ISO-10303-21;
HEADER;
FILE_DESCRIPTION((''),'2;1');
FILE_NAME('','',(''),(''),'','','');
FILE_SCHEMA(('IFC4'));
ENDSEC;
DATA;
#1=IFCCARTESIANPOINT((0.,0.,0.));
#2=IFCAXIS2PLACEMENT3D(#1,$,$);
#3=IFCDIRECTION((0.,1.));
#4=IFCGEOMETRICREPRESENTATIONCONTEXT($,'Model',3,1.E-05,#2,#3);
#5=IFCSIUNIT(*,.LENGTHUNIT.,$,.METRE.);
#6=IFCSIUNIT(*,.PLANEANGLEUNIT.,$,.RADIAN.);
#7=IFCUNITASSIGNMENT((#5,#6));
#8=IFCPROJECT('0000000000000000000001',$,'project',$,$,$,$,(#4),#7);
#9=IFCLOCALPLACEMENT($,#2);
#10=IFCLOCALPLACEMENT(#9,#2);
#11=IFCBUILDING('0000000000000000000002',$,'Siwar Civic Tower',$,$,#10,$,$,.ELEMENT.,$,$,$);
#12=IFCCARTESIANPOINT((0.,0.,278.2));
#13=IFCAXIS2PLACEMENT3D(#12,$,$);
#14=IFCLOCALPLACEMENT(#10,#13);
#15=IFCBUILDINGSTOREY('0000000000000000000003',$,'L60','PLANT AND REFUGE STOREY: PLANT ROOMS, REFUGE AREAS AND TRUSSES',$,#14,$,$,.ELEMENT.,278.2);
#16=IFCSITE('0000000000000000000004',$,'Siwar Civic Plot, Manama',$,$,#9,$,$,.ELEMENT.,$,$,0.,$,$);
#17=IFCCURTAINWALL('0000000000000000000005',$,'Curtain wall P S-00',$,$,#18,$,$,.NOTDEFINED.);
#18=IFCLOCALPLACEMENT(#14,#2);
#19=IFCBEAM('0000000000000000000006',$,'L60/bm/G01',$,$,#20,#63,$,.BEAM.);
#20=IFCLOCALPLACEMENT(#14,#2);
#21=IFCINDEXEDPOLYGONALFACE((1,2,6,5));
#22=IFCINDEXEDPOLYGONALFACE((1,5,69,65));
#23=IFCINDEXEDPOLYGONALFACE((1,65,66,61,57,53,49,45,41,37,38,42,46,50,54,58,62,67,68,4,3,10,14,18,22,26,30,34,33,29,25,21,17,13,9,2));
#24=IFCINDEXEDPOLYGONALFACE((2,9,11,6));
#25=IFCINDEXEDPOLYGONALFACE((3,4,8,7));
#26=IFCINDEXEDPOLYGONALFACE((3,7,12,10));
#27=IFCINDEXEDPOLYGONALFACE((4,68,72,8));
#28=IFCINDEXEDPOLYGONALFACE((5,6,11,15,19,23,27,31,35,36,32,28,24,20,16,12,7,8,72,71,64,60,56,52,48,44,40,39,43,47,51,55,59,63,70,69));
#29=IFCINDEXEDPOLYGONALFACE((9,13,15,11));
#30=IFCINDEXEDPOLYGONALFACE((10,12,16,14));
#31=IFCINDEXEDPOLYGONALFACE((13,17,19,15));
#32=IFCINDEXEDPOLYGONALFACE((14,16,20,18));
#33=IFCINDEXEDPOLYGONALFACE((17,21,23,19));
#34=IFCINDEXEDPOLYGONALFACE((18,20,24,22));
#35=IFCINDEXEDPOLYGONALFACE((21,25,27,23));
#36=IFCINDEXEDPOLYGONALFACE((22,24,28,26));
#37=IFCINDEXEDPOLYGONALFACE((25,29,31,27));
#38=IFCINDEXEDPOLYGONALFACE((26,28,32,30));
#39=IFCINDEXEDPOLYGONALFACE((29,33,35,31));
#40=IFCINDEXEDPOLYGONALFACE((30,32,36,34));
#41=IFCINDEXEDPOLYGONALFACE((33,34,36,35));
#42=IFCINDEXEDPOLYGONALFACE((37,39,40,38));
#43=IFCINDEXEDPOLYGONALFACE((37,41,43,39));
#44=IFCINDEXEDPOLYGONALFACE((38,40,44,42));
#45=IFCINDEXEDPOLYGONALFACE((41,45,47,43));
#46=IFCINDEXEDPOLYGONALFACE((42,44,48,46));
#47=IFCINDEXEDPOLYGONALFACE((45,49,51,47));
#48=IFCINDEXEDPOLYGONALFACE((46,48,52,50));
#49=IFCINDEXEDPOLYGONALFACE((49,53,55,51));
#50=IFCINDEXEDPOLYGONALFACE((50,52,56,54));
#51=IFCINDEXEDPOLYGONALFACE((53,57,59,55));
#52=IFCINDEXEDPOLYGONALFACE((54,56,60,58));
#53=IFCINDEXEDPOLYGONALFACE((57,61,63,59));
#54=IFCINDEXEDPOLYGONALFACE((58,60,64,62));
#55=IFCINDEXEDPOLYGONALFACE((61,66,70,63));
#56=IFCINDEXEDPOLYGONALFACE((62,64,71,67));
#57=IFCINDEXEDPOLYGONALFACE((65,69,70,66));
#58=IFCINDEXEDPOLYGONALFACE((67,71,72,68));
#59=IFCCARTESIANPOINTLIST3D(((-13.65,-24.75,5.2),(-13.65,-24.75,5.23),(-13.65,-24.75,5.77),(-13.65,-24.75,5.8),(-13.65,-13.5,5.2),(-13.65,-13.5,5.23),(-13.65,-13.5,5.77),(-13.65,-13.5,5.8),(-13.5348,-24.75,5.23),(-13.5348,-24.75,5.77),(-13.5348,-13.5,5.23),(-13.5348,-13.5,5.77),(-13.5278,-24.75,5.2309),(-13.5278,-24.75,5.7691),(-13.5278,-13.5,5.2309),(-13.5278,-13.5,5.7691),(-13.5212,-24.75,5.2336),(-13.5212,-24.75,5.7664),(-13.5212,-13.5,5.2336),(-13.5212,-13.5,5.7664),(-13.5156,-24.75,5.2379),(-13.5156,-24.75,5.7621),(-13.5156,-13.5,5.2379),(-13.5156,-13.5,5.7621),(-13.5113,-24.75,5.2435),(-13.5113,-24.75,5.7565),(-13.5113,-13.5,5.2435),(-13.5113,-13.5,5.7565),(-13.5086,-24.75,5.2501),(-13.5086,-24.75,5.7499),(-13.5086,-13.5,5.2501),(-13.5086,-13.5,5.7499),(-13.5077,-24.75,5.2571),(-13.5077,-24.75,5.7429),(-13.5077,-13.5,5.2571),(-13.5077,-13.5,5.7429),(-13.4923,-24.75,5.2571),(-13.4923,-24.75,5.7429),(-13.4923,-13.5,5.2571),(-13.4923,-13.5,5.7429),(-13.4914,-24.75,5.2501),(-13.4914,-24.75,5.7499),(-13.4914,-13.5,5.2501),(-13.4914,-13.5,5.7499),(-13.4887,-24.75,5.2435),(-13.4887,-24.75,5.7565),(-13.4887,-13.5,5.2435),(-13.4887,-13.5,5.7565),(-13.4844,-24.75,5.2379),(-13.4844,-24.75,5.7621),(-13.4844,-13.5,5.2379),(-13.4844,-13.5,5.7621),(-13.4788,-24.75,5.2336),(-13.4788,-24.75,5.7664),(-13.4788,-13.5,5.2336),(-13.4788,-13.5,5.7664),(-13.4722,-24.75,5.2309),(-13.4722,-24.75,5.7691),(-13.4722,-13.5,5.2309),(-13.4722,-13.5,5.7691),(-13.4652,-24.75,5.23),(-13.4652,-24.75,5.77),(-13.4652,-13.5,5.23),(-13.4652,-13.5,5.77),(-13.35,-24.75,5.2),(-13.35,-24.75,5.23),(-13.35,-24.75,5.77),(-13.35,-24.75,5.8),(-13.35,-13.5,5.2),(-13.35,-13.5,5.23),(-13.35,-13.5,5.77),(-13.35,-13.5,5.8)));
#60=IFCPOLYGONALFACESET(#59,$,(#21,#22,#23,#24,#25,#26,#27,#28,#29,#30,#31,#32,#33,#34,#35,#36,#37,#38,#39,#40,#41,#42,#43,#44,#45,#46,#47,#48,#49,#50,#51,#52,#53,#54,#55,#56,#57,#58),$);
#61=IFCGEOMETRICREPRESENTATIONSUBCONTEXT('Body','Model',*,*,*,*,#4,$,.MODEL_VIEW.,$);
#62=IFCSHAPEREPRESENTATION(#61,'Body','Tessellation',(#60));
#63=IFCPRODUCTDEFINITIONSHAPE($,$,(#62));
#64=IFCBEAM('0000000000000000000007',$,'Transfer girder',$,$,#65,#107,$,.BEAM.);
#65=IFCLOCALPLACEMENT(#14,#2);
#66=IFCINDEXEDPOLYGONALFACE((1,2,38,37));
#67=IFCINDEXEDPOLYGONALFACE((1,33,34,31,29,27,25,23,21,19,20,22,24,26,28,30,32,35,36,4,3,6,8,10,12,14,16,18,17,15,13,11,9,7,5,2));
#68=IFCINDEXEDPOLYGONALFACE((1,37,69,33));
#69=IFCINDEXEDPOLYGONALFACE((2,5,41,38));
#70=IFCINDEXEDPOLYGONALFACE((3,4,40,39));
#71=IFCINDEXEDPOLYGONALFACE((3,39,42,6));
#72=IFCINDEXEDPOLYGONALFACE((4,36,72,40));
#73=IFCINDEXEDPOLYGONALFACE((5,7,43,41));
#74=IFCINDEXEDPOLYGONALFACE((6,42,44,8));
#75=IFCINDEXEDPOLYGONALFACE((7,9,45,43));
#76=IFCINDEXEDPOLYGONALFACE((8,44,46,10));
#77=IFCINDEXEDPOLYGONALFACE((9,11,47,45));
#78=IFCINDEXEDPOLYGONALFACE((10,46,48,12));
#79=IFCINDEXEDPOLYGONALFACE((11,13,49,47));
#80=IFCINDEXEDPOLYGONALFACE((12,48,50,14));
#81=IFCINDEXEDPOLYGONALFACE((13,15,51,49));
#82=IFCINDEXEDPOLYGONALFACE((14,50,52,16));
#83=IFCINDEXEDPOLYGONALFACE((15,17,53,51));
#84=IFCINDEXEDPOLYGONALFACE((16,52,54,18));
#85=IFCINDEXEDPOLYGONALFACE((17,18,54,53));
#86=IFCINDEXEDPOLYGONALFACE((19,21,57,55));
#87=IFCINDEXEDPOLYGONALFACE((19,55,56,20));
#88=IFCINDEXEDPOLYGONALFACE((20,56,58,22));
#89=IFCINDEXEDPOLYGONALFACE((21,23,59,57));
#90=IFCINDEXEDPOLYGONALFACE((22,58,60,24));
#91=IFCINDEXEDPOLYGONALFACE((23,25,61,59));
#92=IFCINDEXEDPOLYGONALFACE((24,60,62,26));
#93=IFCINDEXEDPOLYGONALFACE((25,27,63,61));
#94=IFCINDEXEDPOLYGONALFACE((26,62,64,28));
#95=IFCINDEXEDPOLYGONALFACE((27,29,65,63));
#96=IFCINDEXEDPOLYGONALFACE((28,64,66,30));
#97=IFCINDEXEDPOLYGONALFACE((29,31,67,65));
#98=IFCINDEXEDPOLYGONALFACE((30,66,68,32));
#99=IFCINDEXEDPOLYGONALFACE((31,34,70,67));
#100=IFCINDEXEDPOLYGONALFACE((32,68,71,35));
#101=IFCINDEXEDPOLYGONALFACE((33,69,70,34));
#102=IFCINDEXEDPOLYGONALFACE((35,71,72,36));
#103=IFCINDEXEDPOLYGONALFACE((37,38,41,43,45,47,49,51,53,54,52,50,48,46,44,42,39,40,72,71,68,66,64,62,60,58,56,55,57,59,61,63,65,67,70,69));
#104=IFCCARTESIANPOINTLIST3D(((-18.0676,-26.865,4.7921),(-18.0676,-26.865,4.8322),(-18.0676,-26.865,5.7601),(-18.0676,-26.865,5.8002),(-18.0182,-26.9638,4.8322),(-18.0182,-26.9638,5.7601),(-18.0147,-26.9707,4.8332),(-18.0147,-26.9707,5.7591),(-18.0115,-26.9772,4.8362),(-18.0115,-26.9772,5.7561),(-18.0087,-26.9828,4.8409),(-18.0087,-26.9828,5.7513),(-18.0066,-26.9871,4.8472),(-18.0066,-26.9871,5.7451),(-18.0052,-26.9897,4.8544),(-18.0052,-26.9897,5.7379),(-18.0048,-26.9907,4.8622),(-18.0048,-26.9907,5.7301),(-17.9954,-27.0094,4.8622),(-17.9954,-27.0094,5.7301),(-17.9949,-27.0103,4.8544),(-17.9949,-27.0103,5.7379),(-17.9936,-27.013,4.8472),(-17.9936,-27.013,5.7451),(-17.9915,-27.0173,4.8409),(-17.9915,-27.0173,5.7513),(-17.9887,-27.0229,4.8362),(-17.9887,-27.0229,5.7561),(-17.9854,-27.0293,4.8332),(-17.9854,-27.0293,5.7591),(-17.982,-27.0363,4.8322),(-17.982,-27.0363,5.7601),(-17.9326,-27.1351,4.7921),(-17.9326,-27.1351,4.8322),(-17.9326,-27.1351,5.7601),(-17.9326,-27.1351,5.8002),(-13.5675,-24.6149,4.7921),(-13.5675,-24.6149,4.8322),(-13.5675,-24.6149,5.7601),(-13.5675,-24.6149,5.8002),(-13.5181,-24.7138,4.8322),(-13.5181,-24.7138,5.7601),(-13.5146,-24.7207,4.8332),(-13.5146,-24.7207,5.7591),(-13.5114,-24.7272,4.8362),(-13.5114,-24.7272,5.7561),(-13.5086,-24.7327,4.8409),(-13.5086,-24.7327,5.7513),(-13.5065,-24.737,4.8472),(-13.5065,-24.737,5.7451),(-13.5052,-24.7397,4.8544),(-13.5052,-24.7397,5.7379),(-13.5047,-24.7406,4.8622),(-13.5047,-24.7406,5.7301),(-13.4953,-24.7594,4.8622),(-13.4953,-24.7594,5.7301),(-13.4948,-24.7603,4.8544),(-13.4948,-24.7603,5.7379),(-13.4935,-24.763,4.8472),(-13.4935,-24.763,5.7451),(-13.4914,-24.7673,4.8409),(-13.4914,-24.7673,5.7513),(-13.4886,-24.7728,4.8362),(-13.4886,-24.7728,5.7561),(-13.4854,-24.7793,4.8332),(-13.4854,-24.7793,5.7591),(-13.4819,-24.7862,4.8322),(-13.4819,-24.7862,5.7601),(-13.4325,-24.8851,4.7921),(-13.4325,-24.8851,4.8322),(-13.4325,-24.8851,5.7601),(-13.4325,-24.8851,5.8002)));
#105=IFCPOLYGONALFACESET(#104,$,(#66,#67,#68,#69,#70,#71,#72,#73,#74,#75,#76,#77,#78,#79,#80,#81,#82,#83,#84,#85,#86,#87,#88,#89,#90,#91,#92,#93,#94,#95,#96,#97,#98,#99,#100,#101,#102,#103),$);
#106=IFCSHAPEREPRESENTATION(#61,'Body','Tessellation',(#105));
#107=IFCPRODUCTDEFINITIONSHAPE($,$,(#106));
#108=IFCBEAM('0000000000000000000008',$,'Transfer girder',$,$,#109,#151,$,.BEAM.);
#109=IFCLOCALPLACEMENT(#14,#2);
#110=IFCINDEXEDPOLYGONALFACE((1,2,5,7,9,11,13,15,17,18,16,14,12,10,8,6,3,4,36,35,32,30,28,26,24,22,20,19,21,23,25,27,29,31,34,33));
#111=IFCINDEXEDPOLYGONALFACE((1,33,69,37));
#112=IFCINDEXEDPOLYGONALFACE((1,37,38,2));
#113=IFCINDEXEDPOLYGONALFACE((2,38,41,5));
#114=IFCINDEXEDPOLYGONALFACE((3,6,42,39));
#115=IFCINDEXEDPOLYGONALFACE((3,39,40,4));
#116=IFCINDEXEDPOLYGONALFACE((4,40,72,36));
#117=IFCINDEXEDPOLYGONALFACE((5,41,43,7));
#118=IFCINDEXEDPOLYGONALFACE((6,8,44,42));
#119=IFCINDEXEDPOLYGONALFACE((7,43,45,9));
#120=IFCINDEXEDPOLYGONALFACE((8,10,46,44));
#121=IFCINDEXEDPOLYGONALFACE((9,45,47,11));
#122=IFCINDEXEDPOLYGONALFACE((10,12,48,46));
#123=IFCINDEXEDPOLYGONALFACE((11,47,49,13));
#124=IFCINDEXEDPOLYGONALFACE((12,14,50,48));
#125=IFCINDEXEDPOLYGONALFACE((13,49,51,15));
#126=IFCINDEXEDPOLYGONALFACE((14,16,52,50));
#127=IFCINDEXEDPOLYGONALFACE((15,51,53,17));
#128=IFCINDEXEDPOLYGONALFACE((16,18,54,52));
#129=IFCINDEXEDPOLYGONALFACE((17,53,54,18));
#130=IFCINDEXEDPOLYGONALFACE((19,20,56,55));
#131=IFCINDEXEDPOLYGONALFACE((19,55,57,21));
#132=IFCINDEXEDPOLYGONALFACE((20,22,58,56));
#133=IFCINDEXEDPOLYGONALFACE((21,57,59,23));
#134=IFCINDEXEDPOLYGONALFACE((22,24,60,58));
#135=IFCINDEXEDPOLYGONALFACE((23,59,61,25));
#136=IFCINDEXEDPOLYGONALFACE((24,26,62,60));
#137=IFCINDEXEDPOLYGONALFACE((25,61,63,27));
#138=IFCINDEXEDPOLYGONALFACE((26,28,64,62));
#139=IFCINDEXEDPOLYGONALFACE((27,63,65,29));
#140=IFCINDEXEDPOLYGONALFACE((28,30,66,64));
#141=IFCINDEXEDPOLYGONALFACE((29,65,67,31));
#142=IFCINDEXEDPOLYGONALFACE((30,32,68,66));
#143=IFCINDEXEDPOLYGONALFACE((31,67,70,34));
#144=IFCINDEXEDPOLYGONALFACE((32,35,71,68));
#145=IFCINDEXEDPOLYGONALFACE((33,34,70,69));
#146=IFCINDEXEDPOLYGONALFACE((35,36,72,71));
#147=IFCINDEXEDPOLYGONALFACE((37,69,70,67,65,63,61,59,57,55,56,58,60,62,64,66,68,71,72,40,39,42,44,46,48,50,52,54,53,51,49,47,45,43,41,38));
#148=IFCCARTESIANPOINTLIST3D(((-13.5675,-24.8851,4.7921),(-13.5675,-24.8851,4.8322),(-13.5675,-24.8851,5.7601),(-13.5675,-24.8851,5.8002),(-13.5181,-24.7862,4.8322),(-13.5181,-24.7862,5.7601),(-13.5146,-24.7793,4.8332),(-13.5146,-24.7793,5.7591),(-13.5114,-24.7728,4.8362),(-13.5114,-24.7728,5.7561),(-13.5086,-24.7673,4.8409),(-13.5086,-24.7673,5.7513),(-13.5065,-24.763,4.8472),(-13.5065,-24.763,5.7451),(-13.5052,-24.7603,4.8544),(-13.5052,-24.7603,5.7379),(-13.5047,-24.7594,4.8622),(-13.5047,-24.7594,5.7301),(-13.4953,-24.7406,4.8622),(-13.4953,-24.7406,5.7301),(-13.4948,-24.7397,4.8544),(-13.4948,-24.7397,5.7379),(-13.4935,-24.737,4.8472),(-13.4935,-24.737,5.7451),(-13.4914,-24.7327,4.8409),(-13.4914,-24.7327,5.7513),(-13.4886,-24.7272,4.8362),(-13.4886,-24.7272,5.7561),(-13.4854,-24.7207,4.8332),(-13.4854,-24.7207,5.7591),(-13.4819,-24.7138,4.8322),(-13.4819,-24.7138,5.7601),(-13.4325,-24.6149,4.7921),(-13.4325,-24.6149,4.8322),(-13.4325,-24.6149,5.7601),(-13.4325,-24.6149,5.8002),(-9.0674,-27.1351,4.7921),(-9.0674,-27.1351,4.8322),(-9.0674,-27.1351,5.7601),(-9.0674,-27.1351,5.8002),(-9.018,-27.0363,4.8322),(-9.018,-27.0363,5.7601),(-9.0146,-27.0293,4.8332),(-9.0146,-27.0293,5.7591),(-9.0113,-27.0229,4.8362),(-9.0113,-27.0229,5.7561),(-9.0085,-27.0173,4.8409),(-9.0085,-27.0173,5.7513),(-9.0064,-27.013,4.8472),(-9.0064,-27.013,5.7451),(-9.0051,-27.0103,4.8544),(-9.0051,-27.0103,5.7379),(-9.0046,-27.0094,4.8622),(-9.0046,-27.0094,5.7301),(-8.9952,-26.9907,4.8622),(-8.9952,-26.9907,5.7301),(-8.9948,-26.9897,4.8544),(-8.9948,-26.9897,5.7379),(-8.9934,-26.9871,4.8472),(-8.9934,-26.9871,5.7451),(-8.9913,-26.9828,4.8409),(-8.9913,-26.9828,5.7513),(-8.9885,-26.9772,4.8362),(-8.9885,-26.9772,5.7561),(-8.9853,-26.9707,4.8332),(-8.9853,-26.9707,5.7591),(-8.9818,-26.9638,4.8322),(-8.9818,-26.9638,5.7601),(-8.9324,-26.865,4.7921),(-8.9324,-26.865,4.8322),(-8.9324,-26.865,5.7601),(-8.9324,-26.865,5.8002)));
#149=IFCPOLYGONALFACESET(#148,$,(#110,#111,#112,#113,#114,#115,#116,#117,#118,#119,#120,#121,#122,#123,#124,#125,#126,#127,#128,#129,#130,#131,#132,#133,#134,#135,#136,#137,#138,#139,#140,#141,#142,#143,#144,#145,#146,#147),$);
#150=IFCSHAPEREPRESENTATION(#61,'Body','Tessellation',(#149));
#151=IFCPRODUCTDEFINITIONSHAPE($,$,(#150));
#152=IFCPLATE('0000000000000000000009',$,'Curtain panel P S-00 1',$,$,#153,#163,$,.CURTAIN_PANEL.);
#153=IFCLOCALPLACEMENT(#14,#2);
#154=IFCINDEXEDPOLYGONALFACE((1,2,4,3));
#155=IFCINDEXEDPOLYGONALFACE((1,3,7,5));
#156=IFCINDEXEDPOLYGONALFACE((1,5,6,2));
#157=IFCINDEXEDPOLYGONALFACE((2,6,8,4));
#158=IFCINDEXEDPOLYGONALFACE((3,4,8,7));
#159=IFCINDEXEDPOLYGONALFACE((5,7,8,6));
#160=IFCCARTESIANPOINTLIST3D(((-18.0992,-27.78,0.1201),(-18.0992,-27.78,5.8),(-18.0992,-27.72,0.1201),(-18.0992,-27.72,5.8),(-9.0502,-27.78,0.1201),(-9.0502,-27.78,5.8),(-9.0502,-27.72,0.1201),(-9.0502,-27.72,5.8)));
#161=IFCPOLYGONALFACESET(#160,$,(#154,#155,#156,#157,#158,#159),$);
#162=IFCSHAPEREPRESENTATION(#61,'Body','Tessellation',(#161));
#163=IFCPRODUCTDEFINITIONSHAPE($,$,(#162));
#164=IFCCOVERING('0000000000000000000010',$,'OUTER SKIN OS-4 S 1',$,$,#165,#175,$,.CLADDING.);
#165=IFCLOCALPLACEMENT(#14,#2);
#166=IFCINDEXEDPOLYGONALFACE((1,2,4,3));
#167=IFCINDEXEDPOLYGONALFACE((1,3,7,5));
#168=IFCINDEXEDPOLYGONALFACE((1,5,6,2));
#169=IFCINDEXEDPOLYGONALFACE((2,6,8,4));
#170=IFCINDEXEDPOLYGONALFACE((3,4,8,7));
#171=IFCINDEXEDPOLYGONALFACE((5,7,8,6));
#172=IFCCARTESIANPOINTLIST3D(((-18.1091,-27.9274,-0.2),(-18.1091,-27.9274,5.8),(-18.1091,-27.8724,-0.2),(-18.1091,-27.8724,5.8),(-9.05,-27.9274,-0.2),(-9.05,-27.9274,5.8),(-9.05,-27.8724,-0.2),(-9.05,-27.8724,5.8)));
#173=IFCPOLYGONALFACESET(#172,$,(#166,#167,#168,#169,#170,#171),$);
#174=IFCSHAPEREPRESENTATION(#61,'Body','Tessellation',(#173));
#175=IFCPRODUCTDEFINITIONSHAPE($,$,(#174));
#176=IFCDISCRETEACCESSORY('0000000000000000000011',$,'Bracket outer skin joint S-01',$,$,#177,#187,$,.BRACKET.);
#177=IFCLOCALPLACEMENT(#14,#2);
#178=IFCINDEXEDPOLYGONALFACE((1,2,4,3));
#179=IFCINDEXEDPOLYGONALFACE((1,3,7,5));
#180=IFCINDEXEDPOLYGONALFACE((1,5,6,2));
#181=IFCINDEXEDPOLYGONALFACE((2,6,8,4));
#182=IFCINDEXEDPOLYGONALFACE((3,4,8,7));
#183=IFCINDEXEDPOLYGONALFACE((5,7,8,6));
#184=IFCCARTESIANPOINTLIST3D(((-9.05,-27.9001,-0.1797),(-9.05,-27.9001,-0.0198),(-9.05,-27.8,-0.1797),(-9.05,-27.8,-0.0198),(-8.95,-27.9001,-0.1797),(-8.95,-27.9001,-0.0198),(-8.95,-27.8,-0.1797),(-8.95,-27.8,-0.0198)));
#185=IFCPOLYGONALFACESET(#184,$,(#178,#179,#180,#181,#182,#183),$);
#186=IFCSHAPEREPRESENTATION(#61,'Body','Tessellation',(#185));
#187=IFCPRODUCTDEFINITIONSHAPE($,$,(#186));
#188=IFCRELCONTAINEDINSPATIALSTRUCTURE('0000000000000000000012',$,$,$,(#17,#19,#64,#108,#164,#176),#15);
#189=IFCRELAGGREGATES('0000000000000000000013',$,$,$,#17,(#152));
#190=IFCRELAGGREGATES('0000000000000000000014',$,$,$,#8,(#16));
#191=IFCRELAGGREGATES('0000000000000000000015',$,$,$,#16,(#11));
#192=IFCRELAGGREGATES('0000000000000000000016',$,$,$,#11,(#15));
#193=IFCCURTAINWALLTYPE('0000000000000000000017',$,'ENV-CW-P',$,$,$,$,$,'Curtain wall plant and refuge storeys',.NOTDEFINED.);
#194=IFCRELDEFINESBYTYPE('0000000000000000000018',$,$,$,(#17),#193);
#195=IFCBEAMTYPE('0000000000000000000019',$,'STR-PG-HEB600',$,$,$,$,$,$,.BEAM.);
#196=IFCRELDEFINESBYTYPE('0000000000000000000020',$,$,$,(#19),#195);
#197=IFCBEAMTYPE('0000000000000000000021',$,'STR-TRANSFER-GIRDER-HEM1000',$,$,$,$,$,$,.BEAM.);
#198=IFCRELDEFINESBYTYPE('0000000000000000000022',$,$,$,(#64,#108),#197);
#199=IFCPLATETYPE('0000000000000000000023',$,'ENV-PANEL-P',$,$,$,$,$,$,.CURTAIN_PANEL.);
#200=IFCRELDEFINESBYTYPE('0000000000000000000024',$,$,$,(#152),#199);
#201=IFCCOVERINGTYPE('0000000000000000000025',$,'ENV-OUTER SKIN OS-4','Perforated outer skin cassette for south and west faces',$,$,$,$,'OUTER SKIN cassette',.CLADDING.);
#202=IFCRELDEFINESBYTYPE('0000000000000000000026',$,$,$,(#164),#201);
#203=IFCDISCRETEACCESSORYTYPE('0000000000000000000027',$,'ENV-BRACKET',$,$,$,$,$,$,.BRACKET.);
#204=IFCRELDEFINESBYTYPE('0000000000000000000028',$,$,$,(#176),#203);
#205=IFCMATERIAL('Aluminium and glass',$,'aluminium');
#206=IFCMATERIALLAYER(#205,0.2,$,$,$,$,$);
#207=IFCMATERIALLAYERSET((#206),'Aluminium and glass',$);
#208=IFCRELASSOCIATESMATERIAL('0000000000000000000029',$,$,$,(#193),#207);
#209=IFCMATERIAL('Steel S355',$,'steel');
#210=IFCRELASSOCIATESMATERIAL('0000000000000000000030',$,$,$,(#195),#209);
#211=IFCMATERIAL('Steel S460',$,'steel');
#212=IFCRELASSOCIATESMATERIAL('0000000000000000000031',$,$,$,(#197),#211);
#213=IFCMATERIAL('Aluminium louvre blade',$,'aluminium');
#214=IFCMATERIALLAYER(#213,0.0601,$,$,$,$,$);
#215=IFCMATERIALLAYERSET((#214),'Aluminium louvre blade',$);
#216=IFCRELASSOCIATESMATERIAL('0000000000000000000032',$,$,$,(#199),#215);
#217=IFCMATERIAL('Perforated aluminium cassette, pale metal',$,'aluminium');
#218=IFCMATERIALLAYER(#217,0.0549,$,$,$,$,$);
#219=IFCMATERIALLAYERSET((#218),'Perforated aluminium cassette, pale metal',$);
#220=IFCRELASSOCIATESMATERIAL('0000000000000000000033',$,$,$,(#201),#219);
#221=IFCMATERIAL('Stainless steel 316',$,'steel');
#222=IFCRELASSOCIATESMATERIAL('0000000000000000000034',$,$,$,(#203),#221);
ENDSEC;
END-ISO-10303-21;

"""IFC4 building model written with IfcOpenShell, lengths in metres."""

from ifc_helpers import new_model, si_unit, direction, frame, origin, origin_2d, place, context, subcontext, project, spatial, rectangle, i_section, extrude, material, layer, layer_set, material_profile, profile_set, type_object, element, aggregate, save


model = new_model("IFC4")

# Units and contexts
model_context = context("Model", 3, precision=1e-05, world=origin(), true_north=direction((0.0, 1.0)))
body_context = subcontext(model_context, "Body", "Model", "MODEL_VIEW")
ifc_project = project(units=[si_unit("LENGTHUNIT", "METRE"), si_unit("PLANEANGLEUNIT", "RADIAN")], contexts=[model_context])

# Site, building, storey
site_placement = place(None, origin())
site = spatial("IfcSite", under=ifc_project, at=site_placement, Name="Siwar Civic Plot, Manama", CompositionType="ELEMENT", RefElevation=0.0)
building_placement = place(site_placement, origin())
building = spatial("IfcBuilding", under=site, at=building_placement, Name="Siwar Civic Tower", CompositionType="ELEMENT")
storey_placement = place(building_placement, frame((0.0, 0.0, 278.2)))
storey = spatial("IfcBuildingStorey", under=building, at=storey_placement, Name="L60", Description="PLANT AND REFUGE STOREY: PLANT ROOMS, REFUGE AREAS AND TRUSSES", CompositionType="ELEMENT", Elevation=278.2)

# Curtain wall
ifc_material_1 = material(Name="Aluminium and glass", Category="aluminium")
ifc_layer_1 = layer(ifc_material_1, 0.2)
ifc_layer_set_1 = layer_set([ifc_layer_1], Name="Aluminium and glass")
curtain_wall_type = type_object("IfcCurtainWallType", Name="ENV-CW-P", ElementType="Curtain wall plant and refuge storeys", PredefinedType="NOTDEFINED", material=ifc_layer_set_1)
curtain_wall_placement = place(storey_placement, origin())
curtain_wall = element("IfcCurtainWall", 1, at=curtain_wall_placement, inside=storey, type_object=curtain_wall_type, Name="Curtain wall P S-00", PredefinedType="NOTDEFINED")

# Beams
ifc_material_2 = material(Name="Steel S355", Category="steel")
ifc_material_profile_1 = material_profile(ifc_material_2, i_section(OverallWidth=0.3, OverallDepth=0.6001, WebThickness=0.0154, FlangeThickness=0.03, FilletRadius=0.0271, at=origin_2d()), Name="HEB600")
ifc_profile_set_1 = profile_set([ifc_material_profile_1], Name="Steel S355")
beam_type_1 = type_object("IfcBeamType", Name="STR-PG-HEB600", PredefinedType="BEAM", material=ifc_profile_set_1)
beam_placement = place(storey_placement, frame((-13.5, -24.75, 5.5), z_axis=(0.0, 1.0, 0.0), x_axis=(-1.0, 0.0, 0.0)))
element("IfcBeam", 2, at=beam_placement, inside=storey, type_object=beam_type_1, Name="L60/bm/G01", PredefinedType="BEAM", context=body_context, shape_type="SweptSolid", body=[
    extrude(i_section(OverallWidth=0.3, OverallDepth=0.6001, WebThickness=0.0154, FlangeThickness=0.03, FilletRadius=0.0271, at=origin_2d()), origin(), (0.0, 0.0, 1.0), 11.25),
])
ifc_material_3 = material(Name="Steel S460", Category="steel")
ifc_material_profile_2 = material_profile(ifc_material_3, i_section(OverallWidth=0.302, OverallDepth=1.0081, WebThickness=0.021, FlangeThickness=0.04, FilletRadius=0.03, at=origin_2d()), Name="HEM1000")
ifc_profile_set_2 = profile_set([ifc_material_profile_2], Name="Steel S460")
beam_type_2 = type_object("IfcBeamType", Name="STR-TRANSFER-GIRDER-HEM1000", PredefinedType="BEAM", material=ifc_profile_set_2)
for number, where, z_axis, x_axis, name in (
    (3, (-13.5, -24.75, 5.2961), (-0.894427, -0.447214, 0.0), (0.447214, -0.894427, 0.0), "Transfer girder"),
    (4, (-13.5, -24.75, 5.2961), (0.894427, -0.447214, 0.0), (0.447214, 0.894427, 0.0), "Transfer girder"),
):
    element("IfcBeam", number, at=place(storey_placement, frame(where, z_axis=z_axis, x_axis=x_axis)), inside=storey, type_object=beam_type_2, Name=name, PredefinedType="BEAM", context=body_context, shape_type="SweptSolid", body=[
        extrude(i_section(OverallWidth=0.302, OverallDepth=1.0081, WebThickness=0.021, FlangeThickness=0.04, FilletRadius=0.03, at=origin_2d()), origin(), (0.0, 0.0, 1.0), 5.0312),
    ])

# Plate
ifc_material_4 = material(Name="Aluminium louvre blade", Category="aluminium")
ifc_layer_2 = layer(ifc_material_4, 0.0601)
ifc_layer_set_2 = layer_set([ifc_layer_2], Name="Aluminium louvre blade")
plate_type = type_object("IfcPlateType", Name="ENV-PANEL-P", PredefinedType="CURTAIN_PANEL", material=ifc_layer_set_2)
plate_placement = place(storey_placement, frame((-13.5747, -27.75, 0.1201), z_axis=(0.0, 0.0, 1.0), x_axis=(1.0, 0.0, 0.0)))
plate = element("IfcPlate", 5, at=plate_placement, type_object=plate_type, Name="Curtain panel P S-00 1", PredefinedType="CURTAIN_PANEL", context=body_context, shape_type="SweptSolid", body=[
    extrude(rectangle(XDim=9.0491, YDim=0.0601, at=origin_2d()), origin(), (0.0, 0.0, 1.0), 5.6799),
])
aggregate(curtain_wall, [plate])

# Covering
ifc_material_5 = material(Name="Perforated aluminium cassette, pale metal", Category="aluminium")
ifc_layer_3 = layer(ifc_material_5, 0.0549)
ifc_layer_set_3 = layer_set([ifc_layer_3], Name="Perforated aluminium cassette, pale metal")
covering_type = type_object("IfcCoveringType", Name="ENV-OUTER SKIN OS-4", Description="Perforated outer skin cassette for south and west faces", ElementType="OUTER SKIN cassette", PredefinedType="CLADDING", material=ifc_layer_set_3)
covering_placement = place(storey_placement, frame((-13.5796, -27.8999, -0.2), z_axis=(0.0, 0.0, 1.0), x_axis=(1.0, 0.0, 0.0)))
element("IfcCovering", 6, at=covering_placement, inside=storey, type_object=covering_type, Name="OUTER SKIN OS-4 S 1", PredefinedType="CLADDING", context=body_context, shape_type="SweptSolid", body=[
    extrude(rectangle(XDim=9.0591, YDim=0.0549, at=origin_2d()), origin(), (0.0, 0.0, 1.0), 6.0),
])

# Discrete accessory
ifc_material_6 = material(Name="Stainless steel 316", Category="steel")
discrete_accessory_type_1 = type_object("IfcDiscreteAccessoryType", Name="ENV-BRACKET", PredefinedType="BRACKET", material=ifc_material_6)
discrete_accessory_1_placement = place(storey_placement, frame((-9.0, -27.8501, -0.1797), z_axis=(0.0, 0.0, 1.0), x_axis=(0.0, -1.0, 0.0)))
element("IfcDiscreteAccessory", 7, at=discrete_accessory_1_placement, inside=storey, type_object=discrete_accessory_type_1, Name="Bracket outer skin joint S-01", PredefinedType="BRACKET", context=body_context, shape_type="SweptSolid", body=[
    extrude(rectangle(XDim=0.1001, YDim=0.1001, at=origin_2d()), origin(), (0.0, 0.0, 1.0), 0.1599),
])

save(model, "model.ifc")
